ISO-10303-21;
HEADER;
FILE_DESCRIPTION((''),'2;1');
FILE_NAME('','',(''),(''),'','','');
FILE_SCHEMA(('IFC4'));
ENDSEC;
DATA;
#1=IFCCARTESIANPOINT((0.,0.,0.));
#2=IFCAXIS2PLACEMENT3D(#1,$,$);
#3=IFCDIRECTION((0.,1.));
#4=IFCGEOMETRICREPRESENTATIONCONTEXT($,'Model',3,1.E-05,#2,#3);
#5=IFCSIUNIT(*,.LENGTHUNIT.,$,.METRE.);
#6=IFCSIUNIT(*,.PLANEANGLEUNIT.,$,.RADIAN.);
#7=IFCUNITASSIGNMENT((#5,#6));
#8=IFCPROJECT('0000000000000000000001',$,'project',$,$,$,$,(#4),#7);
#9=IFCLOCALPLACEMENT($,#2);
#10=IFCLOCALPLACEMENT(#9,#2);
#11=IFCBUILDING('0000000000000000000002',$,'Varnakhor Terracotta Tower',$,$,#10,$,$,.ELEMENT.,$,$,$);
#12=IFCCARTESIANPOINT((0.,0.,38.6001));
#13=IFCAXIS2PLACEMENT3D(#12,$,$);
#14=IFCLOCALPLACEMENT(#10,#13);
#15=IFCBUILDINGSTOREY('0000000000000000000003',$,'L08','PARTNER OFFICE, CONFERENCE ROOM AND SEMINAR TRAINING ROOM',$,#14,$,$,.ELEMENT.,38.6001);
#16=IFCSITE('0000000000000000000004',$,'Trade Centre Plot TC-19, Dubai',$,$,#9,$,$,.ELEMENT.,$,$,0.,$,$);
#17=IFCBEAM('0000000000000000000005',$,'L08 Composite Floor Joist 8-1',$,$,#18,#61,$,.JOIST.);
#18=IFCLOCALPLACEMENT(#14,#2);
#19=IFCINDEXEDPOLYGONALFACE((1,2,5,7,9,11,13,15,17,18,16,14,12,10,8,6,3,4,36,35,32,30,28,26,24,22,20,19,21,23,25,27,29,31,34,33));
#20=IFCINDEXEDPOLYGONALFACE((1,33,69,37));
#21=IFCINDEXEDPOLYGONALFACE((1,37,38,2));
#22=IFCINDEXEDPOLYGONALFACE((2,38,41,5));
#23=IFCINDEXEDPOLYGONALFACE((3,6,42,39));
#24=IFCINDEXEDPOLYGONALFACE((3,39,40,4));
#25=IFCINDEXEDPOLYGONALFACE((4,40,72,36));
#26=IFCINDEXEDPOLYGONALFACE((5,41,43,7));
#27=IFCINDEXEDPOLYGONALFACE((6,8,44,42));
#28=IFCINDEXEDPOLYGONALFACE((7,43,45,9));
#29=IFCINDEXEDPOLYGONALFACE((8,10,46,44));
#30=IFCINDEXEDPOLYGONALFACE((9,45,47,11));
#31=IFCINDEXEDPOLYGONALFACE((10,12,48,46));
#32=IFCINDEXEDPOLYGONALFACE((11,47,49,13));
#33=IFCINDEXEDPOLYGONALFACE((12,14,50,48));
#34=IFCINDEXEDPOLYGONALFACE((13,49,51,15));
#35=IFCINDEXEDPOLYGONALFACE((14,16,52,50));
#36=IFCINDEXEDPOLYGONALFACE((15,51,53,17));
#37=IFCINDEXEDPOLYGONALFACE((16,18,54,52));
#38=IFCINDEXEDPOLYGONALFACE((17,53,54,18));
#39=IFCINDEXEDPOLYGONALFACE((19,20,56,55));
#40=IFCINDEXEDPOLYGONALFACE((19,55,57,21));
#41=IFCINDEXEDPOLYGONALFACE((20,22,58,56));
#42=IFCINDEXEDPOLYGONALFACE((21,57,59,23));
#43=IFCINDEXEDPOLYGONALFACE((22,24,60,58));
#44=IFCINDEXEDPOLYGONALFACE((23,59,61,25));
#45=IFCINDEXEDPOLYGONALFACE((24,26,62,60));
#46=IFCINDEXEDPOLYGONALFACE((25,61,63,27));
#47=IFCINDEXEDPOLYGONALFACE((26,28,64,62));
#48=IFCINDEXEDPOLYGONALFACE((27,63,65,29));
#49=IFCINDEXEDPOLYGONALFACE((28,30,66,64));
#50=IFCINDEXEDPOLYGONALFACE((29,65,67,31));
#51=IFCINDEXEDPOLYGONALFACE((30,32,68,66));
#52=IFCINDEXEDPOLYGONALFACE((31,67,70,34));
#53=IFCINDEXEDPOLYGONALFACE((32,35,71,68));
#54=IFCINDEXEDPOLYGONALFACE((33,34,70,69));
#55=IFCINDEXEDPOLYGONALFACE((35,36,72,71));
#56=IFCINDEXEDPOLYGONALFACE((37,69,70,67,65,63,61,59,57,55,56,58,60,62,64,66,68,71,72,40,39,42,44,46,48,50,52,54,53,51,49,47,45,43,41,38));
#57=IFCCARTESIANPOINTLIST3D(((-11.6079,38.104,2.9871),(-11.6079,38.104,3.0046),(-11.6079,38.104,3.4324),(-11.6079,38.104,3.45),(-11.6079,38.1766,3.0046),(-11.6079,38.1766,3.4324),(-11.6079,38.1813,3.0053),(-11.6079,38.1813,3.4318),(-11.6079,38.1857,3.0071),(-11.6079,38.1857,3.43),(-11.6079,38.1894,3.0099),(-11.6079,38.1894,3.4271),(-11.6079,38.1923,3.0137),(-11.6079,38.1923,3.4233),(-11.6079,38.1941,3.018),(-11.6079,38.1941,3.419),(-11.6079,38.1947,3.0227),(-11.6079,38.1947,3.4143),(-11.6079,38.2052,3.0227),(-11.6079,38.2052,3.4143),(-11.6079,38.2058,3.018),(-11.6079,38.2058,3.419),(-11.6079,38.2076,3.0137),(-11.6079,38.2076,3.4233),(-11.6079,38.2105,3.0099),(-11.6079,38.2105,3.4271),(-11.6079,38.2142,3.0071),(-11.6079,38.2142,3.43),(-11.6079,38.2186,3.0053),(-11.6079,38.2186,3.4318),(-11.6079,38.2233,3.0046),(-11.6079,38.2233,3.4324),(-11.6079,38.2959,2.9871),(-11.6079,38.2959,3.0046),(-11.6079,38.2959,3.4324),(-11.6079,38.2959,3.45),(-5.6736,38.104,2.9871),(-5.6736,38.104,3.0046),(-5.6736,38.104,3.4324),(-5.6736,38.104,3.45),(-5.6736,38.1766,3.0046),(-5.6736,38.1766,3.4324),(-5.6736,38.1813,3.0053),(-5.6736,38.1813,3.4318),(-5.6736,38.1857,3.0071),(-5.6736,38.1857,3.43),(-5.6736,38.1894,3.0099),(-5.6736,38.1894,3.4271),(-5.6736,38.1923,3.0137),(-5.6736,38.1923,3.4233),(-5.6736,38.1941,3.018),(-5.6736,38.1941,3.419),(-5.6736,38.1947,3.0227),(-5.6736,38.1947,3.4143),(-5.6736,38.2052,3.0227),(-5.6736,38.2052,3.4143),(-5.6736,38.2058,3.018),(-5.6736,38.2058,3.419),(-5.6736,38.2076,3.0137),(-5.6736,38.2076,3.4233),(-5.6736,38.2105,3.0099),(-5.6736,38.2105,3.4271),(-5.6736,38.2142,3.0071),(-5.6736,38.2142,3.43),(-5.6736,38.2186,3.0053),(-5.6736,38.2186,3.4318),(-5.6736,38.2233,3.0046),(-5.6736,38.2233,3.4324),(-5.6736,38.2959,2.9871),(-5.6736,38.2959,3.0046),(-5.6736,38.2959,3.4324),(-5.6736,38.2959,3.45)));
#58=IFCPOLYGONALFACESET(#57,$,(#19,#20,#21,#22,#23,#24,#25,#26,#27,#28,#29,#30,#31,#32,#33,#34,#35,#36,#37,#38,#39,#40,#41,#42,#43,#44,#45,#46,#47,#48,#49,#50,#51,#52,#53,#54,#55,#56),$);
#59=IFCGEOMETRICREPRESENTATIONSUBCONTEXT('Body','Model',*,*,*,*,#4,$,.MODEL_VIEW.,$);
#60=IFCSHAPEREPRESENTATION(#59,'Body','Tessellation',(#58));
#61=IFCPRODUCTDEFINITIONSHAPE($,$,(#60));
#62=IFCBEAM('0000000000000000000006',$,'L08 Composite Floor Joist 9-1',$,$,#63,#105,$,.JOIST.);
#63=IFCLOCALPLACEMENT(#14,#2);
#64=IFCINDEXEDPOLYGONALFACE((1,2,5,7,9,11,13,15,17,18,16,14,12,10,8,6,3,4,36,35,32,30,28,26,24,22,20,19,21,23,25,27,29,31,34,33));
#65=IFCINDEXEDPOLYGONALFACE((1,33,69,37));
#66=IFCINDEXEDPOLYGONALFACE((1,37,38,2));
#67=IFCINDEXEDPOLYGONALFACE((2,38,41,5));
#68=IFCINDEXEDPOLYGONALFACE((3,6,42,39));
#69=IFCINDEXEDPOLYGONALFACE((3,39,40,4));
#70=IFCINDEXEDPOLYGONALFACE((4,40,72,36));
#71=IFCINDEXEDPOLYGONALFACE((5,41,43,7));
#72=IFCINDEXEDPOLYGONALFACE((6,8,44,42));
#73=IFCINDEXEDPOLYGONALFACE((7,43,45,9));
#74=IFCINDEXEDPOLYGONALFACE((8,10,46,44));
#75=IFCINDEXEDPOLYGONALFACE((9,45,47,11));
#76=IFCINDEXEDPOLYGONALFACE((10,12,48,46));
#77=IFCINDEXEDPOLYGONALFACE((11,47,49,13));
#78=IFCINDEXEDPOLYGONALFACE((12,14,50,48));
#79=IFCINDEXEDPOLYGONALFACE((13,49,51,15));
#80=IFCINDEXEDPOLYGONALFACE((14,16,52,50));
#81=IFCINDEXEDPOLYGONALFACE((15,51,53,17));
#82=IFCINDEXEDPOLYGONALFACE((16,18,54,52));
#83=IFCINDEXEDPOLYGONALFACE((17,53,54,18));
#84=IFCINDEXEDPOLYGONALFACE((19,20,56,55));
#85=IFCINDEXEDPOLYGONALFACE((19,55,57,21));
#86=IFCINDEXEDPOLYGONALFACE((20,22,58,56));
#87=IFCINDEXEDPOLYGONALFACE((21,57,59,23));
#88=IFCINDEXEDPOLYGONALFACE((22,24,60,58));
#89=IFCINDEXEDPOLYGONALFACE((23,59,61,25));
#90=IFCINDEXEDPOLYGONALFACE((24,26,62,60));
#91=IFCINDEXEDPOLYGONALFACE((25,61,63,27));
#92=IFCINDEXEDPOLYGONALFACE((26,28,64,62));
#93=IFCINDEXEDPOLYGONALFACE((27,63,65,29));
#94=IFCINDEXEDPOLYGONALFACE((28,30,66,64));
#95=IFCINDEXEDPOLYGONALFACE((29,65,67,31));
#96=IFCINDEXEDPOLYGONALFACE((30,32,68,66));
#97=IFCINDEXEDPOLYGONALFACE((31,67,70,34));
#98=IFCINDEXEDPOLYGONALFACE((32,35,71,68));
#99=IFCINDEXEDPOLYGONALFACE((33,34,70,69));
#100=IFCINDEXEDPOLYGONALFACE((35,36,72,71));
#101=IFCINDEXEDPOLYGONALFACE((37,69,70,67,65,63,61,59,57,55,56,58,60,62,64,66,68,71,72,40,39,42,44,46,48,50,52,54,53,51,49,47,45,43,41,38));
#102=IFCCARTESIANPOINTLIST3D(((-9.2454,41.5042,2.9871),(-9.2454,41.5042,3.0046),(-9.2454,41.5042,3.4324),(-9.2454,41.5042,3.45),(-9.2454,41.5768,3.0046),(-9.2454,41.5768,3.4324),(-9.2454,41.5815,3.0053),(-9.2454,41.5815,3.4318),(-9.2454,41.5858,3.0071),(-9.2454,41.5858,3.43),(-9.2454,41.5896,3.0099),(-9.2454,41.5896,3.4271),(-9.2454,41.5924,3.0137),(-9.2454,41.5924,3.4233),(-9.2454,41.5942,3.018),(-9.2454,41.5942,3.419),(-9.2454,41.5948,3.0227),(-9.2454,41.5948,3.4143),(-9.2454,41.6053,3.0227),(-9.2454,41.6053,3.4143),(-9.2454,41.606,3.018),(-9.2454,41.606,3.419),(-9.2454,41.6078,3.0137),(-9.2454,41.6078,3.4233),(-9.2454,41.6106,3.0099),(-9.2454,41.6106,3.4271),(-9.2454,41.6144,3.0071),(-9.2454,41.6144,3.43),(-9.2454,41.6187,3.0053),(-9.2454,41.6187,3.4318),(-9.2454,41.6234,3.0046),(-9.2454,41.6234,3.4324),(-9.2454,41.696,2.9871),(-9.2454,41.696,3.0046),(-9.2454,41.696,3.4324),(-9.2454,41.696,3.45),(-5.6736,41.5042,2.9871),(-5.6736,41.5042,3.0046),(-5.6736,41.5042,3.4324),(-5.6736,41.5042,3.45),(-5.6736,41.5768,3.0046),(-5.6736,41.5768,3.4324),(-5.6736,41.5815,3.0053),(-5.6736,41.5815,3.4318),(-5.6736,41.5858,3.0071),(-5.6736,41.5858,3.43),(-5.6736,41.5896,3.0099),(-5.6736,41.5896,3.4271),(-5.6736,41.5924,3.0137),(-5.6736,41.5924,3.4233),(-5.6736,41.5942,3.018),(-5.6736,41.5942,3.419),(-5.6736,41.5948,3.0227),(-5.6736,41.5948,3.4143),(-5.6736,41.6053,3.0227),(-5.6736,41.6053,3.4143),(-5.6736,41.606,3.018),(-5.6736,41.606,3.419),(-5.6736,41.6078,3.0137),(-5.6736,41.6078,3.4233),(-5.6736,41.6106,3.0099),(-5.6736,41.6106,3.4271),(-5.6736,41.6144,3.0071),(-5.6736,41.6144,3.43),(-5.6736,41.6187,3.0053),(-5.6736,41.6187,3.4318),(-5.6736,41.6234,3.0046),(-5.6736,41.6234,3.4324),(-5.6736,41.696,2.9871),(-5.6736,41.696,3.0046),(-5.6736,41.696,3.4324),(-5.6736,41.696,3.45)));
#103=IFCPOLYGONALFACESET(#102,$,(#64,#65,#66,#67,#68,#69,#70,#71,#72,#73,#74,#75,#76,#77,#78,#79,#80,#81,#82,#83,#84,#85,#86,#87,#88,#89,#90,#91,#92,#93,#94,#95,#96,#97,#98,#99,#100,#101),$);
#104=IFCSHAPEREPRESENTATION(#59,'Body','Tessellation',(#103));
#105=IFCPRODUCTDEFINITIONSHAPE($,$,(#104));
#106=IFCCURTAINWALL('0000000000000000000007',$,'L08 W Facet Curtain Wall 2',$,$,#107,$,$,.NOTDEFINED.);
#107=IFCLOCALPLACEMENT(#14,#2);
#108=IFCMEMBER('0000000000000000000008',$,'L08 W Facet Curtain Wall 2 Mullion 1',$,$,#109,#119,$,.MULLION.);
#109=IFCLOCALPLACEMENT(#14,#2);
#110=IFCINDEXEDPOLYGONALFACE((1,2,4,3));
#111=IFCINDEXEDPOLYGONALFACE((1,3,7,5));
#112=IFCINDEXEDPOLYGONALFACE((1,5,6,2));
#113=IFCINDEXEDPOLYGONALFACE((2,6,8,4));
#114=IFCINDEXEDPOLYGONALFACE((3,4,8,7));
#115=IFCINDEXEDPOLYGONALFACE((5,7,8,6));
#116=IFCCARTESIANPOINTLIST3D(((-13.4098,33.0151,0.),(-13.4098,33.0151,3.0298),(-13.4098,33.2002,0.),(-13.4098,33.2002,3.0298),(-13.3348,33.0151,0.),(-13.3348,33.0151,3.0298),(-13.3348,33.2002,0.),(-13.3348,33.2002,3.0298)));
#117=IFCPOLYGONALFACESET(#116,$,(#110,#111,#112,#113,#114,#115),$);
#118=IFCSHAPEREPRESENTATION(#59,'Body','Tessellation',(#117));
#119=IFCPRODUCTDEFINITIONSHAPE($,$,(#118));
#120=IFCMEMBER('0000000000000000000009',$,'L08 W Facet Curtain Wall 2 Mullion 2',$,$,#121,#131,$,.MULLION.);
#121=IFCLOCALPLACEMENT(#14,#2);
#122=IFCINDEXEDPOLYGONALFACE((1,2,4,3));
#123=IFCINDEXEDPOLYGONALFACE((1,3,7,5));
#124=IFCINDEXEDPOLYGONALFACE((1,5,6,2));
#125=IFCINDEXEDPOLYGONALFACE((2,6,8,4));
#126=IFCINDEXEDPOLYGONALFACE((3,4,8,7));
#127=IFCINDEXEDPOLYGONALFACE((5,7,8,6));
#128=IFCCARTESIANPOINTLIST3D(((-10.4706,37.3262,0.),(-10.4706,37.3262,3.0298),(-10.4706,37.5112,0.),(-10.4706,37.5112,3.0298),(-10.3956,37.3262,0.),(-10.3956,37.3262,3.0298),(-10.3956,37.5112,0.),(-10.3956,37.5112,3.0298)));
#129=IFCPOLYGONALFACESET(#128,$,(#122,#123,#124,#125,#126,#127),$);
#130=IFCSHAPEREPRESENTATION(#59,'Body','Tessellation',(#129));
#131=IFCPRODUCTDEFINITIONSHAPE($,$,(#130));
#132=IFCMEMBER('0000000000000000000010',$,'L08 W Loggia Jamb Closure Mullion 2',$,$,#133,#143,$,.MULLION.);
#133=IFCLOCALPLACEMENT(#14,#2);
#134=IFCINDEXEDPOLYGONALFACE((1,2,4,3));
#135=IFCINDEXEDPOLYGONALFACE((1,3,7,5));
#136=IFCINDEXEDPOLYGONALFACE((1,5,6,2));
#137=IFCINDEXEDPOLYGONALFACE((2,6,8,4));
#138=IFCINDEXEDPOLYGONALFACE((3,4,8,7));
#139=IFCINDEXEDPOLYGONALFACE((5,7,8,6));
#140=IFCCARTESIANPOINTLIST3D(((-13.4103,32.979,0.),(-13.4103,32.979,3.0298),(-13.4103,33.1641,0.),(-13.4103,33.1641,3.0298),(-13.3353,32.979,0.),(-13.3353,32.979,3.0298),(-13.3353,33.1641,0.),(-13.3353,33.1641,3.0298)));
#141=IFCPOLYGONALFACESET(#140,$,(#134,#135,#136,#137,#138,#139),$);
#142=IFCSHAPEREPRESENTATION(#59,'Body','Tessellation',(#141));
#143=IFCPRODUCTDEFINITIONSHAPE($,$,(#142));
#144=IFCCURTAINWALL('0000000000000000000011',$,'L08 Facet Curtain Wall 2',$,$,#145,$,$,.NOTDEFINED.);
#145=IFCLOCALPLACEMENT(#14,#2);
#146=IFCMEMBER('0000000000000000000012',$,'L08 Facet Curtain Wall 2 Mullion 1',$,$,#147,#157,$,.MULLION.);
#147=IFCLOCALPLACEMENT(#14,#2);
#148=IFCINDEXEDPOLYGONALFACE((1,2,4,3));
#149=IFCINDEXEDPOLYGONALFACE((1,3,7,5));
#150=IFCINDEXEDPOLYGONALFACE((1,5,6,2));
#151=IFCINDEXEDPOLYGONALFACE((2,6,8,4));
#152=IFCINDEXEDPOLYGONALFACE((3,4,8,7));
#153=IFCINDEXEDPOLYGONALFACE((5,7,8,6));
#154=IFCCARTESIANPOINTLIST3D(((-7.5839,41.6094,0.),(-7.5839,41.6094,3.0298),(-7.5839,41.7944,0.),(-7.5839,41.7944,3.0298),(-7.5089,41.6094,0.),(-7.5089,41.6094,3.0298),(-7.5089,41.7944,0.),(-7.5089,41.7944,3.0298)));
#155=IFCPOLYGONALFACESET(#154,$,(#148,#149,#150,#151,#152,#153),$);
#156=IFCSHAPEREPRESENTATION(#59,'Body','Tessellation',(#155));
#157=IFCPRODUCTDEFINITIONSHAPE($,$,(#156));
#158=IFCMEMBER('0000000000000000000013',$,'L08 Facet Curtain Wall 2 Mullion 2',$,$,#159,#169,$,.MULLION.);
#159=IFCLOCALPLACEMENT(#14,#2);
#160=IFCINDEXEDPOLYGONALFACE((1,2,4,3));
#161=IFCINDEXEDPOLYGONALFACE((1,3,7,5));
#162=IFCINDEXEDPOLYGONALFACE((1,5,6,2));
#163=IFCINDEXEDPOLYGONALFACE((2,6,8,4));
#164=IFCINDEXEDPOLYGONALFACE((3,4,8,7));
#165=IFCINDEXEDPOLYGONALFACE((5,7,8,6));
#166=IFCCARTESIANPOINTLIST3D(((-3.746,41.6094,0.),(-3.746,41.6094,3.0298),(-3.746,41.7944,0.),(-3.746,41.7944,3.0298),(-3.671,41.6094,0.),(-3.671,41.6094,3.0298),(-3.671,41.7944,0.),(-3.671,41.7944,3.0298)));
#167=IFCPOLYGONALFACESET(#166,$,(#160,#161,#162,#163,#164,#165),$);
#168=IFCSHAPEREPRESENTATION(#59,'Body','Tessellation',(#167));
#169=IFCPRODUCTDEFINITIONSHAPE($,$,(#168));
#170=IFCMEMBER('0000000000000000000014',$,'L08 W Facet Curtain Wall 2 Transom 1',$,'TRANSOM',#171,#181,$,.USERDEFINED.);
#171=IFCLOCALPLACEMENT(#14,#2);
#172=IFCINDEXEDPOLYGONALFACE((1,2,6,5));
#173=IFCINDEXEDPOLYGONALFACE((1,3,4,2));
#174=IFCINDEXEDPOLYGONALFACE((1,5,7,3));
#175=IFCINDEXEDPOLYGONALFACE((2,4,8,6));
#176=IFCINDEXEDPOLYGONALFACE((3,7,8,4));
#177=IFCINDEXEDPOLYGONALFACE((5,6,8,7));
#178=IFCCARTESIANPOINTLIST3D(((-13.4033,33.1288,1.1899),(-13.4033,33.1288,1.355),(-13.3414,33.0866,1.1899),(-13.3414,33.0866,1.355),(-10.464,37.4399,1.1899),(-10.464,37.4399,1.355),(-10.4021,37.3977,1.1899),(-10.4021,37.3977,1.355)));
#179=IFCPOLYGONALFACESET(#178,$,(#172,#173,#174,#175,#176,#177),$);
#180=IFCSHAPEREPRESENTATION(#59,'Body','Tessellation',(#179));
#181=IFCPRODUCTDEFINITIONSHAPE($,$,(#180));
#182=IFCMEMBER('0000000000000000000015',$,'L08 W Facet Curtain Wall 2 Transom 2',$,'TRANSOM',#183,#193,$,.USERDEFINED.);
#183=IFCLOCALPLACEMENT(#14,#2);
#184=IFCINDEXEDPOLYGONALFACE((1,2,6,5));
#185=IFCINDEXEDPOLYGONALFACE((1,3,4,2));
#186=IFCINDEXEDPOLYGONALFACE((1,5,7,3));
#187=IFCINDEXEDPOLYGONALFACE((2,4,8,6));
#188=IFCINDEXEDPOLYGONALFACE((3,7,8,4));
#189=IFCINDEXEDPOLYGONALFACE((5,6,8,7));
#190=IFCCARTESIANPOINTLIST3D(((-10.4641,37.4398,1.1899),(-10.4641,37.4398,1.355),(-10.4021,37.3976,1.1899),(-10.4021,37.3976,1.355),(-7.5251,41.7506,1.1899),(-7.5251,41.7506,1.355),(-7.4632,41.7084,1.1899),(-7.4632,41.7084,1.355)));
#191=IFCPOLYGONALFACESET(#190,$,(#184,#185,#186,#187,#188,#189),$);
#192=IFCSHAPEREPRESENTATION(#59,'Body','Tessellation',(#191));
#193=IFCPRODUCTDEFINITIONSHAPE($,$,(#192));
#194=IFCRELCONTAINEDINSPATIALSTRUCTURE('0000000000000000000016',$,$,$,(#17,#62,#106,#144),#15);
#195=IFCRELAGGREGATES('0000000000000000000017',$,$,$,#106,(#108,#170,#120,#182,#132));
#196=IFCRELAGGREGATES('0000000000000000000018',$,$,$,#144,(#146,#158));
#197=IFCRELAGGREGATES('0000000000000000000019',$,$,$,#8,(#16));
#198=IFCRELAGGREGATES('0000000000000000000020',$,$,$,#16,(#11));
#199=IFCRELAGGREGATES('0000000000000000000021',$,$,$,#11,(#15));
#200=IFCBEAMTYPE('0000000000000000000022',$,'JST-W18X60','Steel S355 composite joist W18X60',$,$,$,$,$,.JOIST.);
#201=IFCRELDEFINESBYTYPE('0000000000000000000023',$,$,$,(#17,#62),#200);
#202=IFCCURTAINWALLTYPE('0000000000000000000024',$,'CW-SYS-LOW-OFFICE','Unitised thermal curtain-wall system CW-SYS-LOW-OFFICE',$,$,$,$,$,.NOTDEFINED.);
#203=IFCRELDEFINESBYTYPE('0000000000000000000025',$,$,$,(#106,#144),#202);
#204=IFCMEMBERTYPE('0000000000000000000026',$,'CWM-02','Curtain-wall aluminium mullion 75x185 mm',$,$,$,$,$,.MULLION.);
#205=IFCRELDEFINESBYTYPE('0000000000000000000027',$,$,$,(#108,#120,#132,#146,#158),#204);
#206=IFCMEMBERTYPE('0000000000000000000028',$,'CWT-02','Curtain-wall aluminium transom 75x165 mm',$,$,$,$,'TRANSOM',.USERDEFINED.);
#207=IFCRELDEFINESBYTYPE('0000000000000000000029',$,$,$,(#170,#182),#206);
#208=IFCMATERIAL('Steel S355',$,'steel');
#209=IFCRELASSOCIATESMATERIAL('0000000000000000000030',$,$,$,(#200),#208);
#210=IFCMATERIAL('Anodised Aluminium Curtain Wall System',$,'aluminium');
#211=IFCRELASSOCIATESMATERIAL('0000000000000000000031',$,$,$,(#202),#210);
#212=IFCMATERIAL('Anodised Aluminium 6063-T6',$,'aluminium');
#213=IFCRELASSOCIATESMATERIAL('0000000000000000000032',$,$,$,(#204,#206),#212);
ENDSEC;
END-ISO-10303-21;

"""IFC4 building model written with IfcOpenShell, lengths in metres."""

from ifc_helpers import new_model, si_unit, direction, frame, origin, origin_2d, place, context, subcontext, project, spatial, rectangle, i_section, extrude, source, transform, mapped, material, material_profile, profile_set, type_object, element, aggregate, save


model = new_model("IFC4")

# Units and contexts
model_context = context("Model", 3, precision=1e-05, world=origin(), true_north=direction((0.0, 1.0)))
body_context = subcontext(model_context, "Body", "Model", "MODEL_VIEW")
ifc_project = project(units=[si_unit("LENGTHUNIT", "METRE"), si_unit("PLANEANGLEUNIT", "RADIAN")], contexts=[model_context])

# Site, building, storey
site_placement = place(None, origin())
site = spatial("IfcSite", under=ifc_project, at=site_placement, Name="Trade Centre Plot TC-19, Dubai", CompositionType="ELEMENT", RefElevation=0.0)
building_placement = place(site_placement, origin())
building = spatial("IfcBuilding", under=site, at=building_placement, Name="Varnakhor Terracotta Tower", CompositionType="ELEMENT")
storey_placement = place(building_placement, frame((0.0, 0.0, 38.6001)))
storey = spatial("IfcBuildingStorey", under=building, at=storey_placement, Name="L08", Description="PARTNER OFFICE, CONFERENCE ROOM AND SEMINAR TRAINING ROOM", CompositionType="ELEMENT", Elevation=38.6001)

# Beams
ifc_material_1 = material(Name="Steel S355", Category="steel")
ifc_material_profile_1 = material_profile(ifc_material_1, i_section(OverallWidth=0.1919, OverallDepth=0.4629, WebThickness=0.0105, FlangeThickness=0.0176, FilletRadius=0.0181, at=origin_2d()), Name="W18X60")
ifc_profile_set_1 = profile_set([ifc_material_profile_1], Name="Steel S355")
beam_type_1 = type_object("IfcBeamType", Name="JST-W18X60", Description="Steel S355 composite joist W18X60", PredefinedType="JOIST", material=ifc_profile_set_1)
shared_shape_1 = source(origin(), body_context, "Body", "SweptSolid", [
    extrude(i_section(OverallWidth=0.1919, OverallDepth=0.4629, WebThickness=0.0105, FlangeThickness=0.0176, FilletRadius=0.0181, at=origin_2d()), origin(), (0.0, 0.0, 1.0), 5.9343),
])
beam_1_placement = place(storey_placement, frame((-11.6079, 38.2, 3.2185), z_axis=(1.0, 0.0, 0.0), x_axis=(0.0, 1.0, 0.0)))
element("IfcBeam", 1, at=beam_1_placement, inside=storey, type_object=beam_type_1, Name="L08 Composite Floor Joist 8-1", PredefinedType="JOIST", context=body_context, shape_type="MappedRepresentation", body=[
    mapped(shared_shape_1, transform((0.0, 0.0, 0.0), scale=1.0)),
])
shared_shape_2 = source(origin(), body_context, "Body", "SweptSolid", [
    extrude(i_section(OverallWidth=0.1919, OverallDepth=0.4629, WebThickness=0.0105, FlangeThickness=0.0176, FilletRadius=0.0181, at=origin_2d()), origin(), (0.0, 0.0, 1.0), 3.5718),
])
beam_2_placement = place(storey_placement, frame((-9.2454, 41.6001, 3.2185), z_axis=(1.0, 0.0, 0.0), x_axis=(0.0, 1.0, 0.0)))
element("IfcBeam", 2, at=beam_2_placement, inside=storey, type_object=beam_type_1, Name="L08 Composite Floor Joist 9-1", PredefinedType="JOIST", context=body_context, shape_type="MappedRepresentation", body=[
    mapped(shared_shape_2, transform((0.0, 0.0, 0.0), scale=1.0)),
])

# Curtain walls, members
ifc_material_2 = material(Name="Anodised Aluminium Curtain Wall System", Category="aluminium")
curtain_wall_type = type_object("IfcCurtainWallType", Name="CW-SYS-LOW-OFFICE", Description="Unitised thermal curtain-wall system CW-SYS-LOW-OFFICE", PredefinedType="NOTDEFINED", material=ifc_material_2)
curtain_wall_1_placement = place(storey_placement, origin())
curtain_wall_1 = element("IfcCurtainWall", 3, at=curtain_wall_1_placement, inside=storey, type_object=curtain_wall_type, Name="L08 W Facet Curtain Wall 2", PredefinedType="NOTDEFINED")
ifc_material_3 = material(Name="Anodised Aluminium 6063-T6", Category="aluminium")
ifc_material_profile_2 = material_profile(ifc_material_3, rectangle(XDim=0.075, YDim=0.1851, at=origin_2d()), Name="ALU MULLION 75x185")
ifc_profile_set_2 = profile_set([ifc_material_profile_2], Name="Anodised Aluminium 6063-T6")
member_type_1 = type_object("IfcMemberType", Name="CWM-02", Description="Curtain-wall aluminium mullion 75x185 mm", PredefinedType="MULLION", material=ifc_profile_set_2)
shared_shape_3 = source(origin(), body_context, "Body", "SweptSolid", [
    extrude(rectangle(XDim=0.075, YDim=0.1851, at=origin_2d()), origin(), (0.0, 0.0, 1.0), 3.0298),
])
member_1_placement = place(storey_placement, frame((-13.3723, 33.1077, 0.0), z_axis=(0.0, 0.0, 1.0), x_axis=(1.0, 0.0, 0.0)))
member_1 = element("IfcMember", 4, at=member_1_placement, type_object=member_type_1, Name="L08 W Facet Curtain Wall 2 Mullion 1", PredefinedType="MULLION", context=body_context, shape_type="MappedRepresentation", body=[
    mapped(shared_shape_3, transform((0.0, 0.0, 0.0), scale=1.0)),
])
member_2_placement = place(storey_placement, frame((-10.4331, 37.4187, 0.0), z_axis=(0.0, 0.0, 1.0), x_axis=(1.0, 0.0, 0.0)))
member_2 = element("IfcMember", 5, at=member_2_placement, type_object=member_type_1, Name="L08 W Facet Curtain Wall 2 Mullion 2", PredefinedType="MULLION", context=body_context, shape_type="MappedRepresentation", body=[
    mapped(shared_shape_3, transform((0.0, 0.0, 0.0), scale=1.0)),
])
member_3_placement = place(storey_placement, frame((-13.3728, 33.0715, 0.0), z_axis=(0.0, 0.0, 1.0), x_axis=(1.0, 0.0, 0.0)))
member_3 = element("IfcMember", 6, at=member_3_placement, type_object=member_type_1, Name="L08 W Loggia Jamb Closure Mullion 2", PredefinedType="MULLION", context=body_context, shape_type="MappedRepresentation", body=[
    mapped(shared_shape_3, transform((0.0, 0.0, 0.0), scale=1.0)),
])
curtain_wall_2_placement = place(storey_placement, origin())
curtain_wall_2 = element("IfcCurtainWall", 7, at=curtain_wall_2_placement, inside=storey, type_object=curtain_wall_type, Name="L08 Facet Curtain Wall 2", PredefinedType="NOTDEFINED")
member_4_placement = place(storey_placement, frame((-7.5464, 41.7019, 0.0), z_axis=(0.0, 0.0, 1.0), x_axis=(1.0, 0.0, 0.0)))
member_4 = element("IfcMember", 8, at=member_4_placement, type_object=member_type_1, Name="L08 Facet Curtain Wall 2 Mullion 1", PredefinedType="MULLION", context=body_context, shape_type="MappedRepresentation", body=[
    mapped(shared_shape_3, transform((0.0, 0.0, 0.0), scale=1.0)),
])
member_5_placement = place(storey_placement, frame((-3.7085, 41.7019, 0.0), z_axis=(0.0, 0.0, 1.0), x_axis=(1.0, 0.0, 0.0)))
member_5 = element("IfcMember", 9, at=member_5_placement, type_object=member_type_1, Name="L08 Facet Curtain Wall 2 Mullion 2", PredefinedType="MULLION", context=body_context, shape_type="MappedRepresentation", body=[
    mapped(shared_shape_3, transform((0.0, 0.0, 0.0), scale=1.0)),
])

# Members
ifc_material_profile_3 = material_profile(ifc_material_3, rectangle(XDim=0.075, YDim=0.165, at=origin_2d()), Name="ALU TRANSOM 75x165")
ifc_profile_set_3 = profile_set([ifc_material_profile_3], Name="Anodised Aluminium 6063-T6")
member_type_2 = type_object("IfcMemberType", Name="CWT-02", Description="Curtain-wall aluminium transom 75x165 mm", ElementType="TRANSOM", PredefinedType="USERDEFINED", material=ifc_profile_set_3)
shared_shape_4 = source(origin(), body_context, "Body", "SweptSolid", [
    extrude(rectangle(XDim=0.075, YDim=0.165, at=origin_2d()), origin(), (0.0, 0.0, 1.0), 5.2178),
])
member_6_placement = place(storey_placement, frame((-13.3723, 33.1077, 1.2725), z_axis=(0.563319, 0.826239, 0.0), x_axis=(-0.826239, 0.563319, 0.0)))
member_6 = element("IfcMember", 10, at=member_6_placement, type_object=member_type_2, Name="L08 W Facet Curtain Wall 2 Transom 1", ObjectType="TRANSOM", PredefinedType="USERDEFINED", context=body_context, shape_type="MappedRepresentation", body=[
    mapped(shared_shape_4, transform((0.0, 0.0, 0.0), scale=1.0)),
])
shared_shape_5 = source(origin(), body_context, "Body", "SweptSolid", [
    extrude(rectangle(XDim=0.075, YDim=0.165, at=origin_2d()), origin(), (0.0, 0.0, 1.0), 5.2173),
])
member_7_placement = place(storey_placement, frame((-10.4331, 37.4187, 1.2725), z_axis=(0.563309, 0.826246, 0.0), x_axis=(-0.826246, 0.563309, 0.0)))
member_7 = element("IfcMember", 11, at=member_7_placement, type_object=member_type_2, Name="L08 W Facet Curtain Wall 2 Transom 2", ObjectType="TRANSOM", PredefinedType="USERDEFINED", context=body_context, shape_type="MappedRepresentation", body=[
    mapped(shared_shape_5, transform((0.0, 0.0, 0.0), scale=1.0)),
])

aggregate(curtain_wall_1, [member_1, member_6, member_2, member_7, member_3])
aggregate(curtain_wall_2, [member_4, member_5])

save(model, "model.ifc")
